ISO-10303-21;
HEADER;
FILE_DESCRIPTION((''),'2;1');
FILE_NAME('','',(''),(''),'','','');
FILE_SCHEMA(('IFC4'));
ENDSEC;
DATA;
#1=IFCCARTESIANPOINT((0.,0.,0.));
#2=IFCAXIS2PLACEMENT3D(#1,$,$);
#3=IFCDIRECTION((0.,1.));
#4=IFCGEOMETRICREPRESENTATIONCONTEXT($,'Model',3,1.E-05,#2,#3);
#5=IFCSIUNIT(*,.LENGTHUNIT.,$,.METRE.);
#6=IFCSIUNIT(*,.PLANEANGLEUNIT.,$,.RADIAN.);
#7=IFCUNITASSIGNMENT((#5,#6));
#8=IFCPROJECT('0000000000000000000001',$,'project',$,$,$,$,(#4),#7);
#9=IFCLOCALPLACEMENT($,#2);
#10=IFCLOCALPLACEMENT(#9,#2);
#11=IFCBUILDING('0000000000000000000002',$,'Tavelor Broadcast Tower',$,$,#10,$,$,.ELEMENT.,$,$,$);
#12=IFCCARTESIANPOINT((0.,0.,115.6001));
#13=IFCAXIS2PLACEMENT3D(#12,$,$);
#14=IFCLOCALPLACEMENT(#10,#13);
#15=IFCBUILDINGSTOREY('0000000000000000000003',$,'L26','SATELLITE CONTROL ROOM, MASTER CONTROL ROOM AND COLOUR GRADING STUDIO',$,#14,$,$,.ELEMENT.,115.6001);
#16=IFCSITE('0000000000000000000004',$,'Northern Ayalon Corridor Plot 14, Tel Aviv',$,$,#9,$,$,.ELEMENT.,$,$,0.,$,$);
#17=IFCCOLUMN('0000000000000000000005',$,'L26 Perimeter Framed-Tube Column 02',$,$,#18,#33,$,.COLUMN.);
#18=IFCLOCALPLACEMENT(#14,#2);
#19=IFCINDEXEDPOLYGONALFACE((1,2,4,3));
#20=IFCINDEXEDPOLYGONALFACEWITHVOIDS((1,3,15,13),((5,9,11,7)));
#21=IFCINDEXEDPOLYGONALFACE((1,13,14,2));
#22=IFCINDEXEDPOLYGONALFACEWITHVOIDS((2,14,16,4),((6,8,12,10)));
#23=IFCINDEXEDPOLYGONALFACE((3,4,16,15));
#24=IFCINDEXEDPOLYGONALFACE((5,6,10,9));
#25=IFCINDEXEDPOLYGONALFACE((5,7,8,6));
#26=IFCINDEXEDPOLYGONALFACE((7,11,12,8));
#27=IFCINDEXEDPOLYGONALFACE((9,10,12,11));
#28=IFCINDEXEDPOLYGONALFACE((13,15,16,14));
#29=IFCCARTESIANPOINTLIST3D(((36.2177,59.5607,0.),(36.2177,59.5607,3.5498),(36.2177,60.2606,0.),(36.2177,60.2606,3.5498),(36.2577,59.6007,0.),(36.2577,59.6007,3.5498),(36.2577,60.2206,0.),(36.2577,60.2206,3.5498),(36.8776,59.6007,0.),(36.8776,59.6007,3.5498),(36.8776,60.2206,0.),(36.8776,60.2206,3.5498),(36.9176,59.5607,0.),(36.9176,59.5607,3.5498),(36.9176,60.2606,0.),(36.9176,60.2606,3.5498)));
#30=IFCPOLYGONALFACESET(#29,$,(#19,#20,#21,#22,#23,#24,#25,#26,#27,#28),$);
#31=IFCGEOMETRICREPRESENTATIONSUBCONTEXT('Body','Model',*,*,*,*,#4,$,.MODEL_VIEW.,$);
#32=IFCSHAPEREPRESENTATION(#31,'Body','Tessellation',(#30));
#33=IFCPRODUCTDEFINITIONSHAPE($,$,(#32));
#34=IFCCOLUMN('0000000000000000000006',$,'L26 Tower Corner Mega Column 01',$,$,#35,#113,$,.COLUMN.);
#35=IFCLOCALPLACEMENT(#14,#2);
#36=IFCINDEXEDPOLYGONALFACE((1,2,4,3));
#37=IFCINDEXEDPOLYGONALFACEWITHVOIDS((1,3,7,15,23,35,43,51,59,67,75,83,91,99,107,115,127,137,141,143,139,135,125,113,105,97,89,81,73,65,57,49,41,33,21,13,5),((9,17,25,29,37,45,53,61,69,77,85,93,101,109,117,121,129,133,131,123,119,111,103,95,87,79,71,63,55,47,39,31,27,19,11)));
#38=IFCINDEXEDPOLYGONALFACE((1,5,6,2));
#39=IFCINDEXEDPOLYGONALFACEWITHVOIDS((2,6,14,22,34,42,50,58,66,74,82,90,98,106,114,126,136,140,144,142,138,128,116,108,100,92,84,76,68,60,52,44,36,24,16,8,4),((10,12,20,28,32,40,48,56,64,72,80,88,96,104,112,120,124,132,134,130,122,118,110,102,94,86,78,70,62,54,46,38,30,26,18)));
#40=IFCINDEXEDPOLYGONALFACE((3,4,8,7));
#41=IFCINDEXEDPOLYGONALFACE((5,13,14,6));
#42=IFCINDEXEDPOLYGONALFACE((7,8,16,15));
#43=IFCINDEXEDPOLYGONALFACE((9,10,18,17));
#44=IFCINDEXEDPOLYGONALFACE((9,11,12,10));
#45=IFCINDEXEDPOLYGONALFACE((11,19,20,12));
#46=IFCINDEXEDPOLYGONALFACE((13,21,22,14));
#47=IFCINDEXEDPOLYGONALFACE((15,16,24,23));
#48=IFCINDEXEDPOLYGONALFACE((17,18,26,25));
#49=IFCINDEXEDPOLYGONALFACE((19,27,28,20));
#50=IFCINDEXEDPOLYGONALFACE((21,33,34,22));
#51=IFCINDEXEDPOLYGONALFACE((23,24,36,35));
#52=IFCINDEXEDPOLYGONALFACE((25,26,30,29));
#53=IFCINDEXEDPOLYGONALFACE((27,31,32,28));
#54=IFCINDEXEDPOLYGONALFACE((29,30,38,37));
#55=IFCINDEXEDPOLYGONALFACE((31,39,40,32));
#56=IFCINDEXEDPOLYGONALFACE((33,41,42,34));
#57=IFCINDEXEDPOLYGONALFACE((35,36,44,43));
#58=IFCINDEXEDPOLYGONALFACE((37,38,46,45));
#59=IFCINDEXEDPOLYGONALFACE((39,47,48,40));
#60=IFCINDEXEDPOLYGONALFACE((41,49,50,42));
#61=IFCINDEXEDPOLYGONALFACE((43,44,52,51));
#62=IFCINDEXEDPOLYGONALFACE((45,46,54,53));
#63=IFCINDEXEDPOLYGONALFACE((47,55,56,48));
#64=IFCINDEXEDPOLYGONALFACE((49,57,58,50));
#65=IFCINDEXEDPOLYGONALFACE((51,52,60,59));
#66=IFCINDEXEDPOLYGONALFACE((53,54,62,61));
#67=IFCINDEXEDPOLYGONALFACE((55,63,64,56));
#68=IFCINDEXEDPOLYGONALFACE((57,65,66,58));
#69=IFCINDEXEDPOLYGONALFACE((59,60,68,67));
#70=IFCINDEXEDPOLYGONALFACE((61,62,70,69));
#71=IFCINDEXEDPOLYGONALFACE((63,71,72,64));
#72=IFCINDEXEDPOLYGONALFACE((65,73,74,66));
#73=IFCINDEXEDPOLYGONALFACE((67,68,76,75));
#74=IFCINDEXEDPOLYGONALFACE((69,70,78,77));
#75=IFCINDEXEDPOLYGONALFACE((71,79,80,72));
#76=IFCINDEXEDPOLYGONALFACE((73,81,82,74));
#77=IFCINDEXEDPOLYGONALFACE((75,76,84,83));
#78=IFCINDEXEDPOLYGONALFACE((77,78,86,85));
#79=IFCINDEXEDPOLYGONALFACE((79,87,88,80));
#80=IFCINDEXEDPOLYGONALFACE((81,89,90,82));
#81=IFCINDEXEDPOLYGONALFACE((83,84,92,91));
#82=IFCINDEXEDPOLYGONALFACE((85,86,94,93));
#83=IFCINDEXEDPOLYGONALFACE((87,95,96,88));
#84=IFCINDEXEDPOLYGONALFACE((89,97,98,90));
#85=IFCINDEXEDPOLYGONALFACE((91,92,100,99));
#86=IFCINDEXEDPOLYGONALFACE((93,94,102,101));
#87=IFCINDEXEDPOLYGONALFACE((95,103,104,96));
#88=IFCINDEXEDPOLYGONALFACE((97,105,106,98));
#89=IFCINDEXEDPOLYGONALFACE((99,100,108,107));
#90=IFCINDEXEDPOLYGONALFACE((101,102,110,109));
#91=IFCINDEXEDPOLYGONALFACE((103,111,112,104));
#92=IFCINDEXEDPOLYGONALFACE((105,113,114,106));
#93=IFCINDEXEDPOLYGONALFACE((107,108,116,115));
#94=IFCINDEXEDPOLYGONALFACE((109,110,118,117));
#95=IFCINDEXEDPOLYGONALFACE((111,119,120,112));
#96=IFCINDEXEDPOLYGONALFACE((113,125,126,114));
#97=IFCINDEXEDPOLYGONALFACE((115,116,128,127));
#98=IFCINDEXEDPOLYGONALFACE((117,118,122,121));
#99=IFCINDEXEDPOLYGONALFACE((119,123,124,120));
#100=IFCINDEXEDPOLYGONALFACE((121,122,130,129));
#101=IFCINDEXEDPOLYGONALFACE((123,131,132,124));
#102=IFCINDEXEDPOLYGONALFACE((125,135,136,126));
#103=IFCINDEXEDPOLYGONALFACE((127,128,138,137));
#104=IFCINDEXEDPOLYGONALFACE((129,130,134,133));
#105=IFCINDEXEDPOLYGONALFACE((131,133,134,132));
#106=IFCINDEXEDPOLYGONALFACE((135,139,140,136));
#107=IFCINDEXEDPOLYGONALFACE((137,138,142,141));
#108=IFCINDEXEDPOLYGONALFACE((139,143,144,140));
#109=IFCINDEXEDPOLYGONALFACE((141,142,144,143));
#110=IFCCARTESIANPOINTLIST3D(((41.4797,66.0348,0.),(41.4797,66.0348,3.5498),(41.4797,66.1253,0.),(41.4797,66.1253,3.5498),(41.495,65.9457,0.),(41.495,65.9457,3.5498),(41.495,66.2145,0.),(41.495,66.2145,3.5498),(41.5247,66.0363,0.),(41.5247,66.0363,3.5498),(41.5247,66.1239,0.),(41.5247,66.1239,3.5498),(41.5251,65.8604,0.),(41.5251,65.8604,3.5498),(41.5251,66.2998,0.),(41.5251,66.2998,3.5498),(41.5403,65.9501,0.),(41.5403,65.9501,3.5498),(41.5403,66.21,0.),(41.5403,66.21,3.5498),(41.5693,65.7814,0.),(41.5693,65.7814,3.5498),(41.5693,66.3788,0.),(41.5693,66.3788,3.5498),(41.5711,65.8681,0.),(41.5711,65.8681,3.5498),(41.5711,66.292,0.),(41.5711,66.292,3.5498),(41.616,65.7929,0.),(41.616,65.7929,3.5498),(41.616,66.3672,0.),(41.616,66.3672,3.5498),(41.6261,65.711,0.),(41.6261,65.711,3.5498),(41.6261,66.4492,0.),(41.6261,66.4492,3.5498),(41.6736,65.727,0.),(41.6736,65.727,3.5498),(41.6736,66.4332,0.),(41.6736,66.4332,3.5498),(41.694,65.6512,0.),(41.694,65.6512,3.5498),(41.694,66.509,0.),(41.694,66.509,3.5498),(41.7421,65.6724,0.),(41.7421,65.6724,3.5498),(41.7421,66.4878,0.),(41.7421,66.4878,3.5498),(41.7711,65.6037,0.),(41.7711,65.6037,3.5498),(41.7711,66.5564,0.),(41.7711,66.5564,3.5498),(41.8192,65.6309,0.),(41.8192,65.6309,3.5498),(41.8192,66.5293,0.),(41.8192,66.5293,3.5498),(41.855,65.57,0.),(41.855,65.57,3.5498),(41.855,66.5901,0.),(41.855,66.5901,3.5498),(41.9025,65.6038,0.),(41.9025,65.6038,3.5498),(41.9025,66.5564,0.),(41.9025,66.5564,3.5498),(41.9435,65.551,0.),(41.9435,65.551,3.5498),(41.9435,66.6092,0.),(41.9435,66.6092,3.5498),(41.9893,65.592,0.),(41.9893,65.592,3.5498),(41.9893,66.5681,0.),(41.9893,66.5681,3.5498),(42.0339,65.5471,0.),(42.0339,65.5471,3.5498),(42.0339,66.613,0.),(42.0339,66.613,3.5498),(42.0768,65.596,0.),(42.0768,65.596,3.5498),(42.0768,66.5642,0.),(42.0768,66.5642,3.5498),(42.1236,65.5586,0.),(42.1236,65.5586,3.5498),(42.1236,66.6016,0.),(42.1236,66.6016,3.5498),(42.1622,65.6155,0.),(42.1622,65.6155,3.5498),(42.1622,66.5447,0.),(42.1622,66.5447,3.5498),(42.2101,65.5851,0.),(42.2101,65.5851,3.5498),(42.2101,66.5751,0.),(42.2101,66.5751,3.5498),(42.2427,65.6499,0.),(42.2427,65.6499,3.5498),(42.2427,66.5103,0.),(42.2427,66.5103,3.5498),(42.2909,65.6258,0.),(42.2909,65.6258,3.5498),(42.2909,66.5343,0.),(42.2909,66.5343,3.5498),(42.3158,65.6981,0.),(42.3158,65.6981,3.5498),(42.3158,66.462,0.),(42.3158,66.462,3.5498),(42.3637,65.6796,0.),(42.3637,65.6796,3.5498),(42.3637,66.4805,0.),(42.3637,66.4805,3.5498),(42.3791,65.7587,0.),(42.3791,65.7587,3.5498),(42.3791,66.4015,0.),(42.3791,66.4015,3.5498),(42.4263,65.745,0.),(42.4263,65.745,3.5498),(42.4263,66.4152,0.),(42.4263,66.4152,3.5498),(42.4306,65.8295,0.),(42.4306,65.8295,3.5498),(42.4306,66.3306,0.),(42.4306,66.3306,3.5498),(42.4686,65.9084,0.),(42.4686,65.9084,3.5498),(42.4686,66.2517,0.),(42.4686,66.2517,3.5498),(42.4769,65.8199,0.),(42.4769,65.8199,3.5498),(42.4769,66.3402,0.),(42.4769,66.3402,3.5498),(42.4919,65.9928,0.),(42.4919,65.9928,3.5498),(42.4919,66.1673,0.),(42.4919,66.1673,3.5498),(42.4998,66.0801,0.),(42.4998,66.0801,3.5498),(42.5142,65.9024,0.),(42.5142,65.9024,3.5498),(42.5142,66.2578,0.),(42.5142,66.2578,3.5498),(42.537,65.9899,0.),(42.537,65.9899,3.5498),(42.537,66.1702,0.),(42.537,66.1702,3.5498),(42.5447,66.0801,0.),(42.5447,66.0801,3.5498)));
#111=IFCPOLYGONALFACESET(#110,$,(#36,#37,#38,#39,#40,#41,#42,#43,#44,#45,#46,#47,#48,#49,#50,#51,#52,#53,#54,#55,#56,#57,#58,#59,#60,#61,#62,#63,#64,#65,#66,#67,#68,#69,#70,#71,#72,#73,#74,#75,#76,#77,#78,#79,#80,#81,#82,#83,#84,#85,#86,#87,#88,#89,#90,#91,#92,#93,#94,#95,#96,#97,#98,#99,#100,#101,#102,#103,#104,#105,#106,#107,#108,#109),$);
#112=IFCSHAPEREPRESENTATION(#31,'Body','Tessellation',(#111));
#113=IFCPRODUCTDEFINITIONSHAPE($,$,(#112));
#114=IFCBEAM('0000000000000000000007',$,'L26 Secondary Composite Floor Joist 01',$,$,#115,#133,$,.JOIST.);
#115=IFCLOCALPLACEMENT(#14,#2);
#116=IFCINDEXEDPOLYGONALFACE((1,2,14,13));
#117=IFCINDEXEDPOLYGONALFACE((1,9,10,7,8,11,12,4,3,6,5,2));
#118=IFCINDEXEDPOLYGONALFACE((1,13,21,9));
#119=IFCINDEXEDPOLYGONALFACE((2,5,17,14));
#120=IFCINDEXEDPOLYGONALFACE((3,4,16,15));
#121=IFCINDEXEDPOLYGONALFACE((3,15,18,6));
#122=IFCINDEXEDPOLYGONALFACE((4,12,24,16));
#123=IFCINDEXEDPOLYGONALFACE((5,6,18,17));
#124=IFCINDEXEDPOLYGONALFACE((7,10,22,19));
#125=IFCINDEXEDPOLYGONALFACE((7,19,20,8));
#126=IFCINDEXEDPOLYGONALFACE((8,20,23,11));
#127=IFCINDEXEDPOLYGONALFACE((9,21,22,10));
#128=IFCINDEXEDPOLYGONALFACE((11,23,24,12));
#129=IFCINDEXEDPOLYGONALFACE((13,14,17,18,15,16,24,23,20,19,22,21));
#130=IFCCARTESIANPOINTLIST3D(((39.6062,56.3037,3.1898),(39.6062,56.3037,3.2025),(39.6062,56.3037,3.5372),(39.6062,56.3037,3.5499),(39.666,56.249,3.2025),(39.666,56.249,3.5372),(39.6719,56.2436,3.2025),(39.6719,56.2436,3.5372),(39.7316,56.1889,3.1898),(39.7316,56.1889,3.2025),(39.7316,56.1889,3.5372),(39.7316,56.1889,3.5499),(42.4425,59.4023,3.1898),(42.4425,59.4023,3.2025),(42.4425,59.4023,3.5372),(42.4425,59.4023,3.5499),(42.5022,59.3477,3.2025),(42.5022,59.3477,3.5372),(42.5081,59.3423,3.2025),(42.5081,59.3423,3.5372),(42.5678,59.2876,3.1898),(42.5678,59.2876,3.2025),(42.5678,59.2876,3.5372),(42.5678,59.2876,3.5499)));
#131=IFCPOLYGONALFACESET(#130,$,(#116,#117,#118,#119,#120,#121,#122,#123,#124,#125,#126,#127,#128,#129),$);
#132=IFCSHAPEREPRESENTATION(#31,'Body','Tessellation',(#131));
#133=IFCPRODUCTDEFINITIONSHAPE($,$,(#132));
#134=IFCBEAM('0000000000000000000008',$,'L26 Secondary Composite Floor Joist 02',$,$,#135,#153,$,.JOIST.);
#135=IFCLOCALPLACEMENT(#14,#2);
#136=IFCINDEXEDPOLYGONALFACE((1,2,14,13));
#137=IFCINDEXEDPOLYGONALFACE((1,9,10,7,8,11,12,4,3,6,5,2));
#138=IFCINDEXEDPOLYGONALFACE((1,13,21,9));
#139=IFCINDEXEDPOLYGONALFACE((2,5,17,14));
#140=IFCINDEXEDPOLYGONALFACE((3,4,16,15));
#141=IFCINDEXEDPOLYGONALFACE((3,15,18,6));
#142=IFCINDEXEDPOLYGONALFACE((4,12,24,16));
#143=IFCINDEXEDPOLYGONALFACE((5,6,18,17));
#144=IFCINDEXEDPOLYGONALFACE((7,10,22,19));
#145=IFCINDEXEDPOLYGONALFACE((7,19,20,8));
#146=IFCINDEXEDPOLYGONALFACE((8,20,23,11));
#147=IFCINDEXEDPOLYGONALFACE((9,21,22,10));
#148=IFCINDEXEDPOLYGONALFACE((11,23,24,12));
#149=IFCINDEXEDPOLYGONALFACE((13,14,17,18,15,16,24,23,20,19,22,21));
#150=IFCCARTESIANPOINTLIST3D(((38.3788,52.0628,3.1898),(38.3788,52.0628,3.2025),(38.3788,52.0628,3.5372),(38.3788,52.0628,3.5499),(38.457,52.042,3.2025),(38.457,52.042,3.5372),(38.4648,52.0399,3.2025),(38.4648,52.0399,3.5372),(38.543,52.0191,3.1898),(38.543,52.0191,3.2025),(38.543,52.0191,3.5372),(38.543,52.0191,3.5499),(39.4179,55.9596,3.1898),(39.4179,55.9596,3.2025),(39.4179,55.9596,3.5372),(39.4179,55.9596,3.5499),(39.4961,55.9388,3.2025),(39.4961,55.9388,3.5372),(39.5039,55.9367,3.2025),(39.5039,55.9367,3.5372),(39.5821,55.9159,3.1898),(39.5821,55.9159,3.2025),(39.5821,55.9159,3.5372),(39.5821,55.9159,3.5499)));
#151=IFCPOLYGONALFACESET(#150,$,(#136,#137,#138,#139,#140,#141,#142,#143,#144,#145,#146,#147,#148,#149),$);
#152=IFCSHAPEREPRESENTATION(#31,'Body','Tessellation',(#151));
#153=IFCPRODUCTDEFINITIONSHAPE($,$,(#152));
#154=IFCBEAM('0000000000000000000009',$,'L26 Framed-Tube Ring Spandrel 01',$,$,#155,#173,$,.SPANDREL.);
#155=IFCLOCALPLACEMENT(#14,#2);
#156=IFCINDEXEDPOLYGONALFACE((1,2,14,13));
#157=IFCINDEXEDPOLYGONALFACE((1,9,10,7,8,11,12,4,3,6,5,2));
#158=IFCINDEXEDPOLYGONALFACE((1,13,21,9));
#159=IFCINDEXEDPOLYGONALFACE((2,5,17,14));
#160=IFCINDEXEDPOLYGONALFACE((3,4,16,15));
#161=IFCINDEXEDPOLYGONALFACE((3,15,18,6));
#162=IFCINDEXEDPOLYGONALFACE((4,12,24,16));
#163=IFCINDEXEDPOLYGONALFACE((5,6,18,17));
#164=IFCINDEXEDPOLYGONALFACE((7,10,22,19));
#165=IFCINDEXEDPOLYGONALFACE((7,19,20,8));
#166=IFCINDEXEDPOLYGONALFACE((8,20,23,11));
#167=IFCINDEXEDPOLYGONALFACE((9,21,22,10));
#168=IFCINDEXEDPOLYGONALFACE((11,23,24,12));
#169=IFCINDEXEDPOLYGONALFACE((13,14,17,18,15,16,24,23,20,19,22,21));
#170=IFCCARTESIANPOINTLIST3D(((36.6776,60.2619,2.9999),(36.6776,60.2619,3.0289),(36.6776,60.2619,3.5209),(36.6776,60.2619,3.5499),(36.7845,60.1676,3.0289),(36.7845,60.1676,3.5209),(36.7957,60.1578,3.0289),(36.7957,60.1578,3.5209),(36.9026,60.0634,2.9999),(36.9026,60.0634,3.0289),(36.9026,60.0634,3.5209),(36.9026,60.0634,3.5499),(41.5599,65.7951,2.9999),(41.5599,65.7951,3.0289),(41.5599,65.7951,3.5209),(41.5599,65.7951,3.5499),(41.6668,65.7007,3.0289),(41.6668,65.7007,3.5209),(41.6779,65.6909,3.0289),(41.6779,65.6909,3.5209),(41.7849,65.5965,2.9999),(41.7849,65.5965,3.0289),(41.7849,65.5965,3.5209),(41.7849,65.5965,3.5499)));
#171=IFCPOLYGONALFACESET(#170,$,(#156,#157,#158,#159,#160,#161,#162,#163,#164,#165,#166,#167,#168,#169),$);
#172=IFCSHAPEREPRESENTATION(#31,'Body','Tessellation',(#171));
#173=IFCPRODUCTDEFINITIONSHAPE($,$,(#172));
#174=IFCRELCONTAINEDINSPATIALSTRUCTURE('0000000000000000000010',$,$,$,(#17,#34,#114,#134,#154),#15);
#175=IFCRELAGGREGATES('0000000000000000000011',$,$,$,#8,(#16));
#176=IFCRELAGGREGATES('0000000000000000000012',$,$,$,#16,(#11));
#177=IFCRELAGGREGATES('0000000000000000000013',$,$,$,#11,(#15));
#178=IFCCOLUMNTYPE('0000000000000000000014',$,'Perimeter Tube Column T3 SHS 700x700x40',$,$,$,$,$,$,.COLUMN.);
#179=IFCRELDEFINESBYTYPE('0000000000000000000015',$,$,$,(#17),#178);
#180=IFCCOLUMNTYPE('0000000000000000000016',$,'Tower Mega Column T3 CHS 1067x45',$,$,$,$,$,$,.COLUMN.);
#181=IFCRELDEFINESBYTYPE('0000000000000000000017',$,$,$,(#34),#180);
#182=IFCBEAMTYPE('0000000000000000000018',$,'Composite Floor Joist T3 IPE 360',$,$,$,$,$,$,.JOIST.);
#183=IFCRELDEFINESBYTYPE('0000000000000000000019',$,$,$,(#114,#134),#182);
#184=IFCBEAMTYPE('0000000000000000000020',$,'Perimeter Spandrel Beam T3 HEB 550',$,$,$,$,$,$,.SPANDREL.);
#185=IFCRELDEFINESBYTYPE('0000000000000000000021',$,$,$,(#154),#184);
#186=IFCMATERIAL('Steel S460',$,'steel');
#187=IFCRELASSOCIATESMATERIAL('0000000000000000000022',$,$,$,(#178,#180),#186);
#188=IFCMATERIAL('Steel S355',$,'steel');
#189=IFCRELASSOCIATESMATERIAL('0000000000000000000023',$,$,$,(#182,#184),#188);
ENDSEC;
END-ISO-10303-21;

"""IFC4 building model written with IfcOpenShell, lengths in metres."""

from ifc_helpers import new_model, si_unit, direction, frame, origin, origin_2d, place, context, subcontext, project, spatial, hollow_rectangle, hollow_circle, i_section, extrude, material, material_profile, profile_set, type_object, element, save


model = new_model("IFC4")

# Units and contexts
model_context = context("Model", 3, precision=1e-05, world=origin(), true_north=direction((0.0, 1.0)))
body_context = subcontext(model_context, "Body", "Model", "MODEL_VIEW")
ifc_project = project(units=[si_unit("LENGTHUNIT", "METRE"), si_unit("PLANEANGLEUNIT", "RADIAN")], contexts=[model_context])

# Site, building, storey
site_placement = place(None, origin())
site = spatial("IfcSite", under=ifc_project, at=site_placement, Name="Northern Ayalon Corridor Plot 14, Tel Aviv", CompositionType="ELEMENT", RefElevation=0.0)
building_placement = place(site_placement, origin())
building = spatial("IfcBuilding", under=site, at=building_placement, Name="Tavelor Broadcast Tower", CompositionType="ELEMENT")
storey_placement = place(building_placement, frame((0.0, 0.0, 115.6001)))
storey = spatial("IfcBuildingStorey", under=building, at=storey_placement, Name="L26", Description="SATELLITE CONTROL ROOM, MASTER CONTROL ROOM AND COLOUR GRADING STUDIO", CompositionType="ELEMENT", Elevation=115.6001)

# Columns
ifc_material_1 = material(Name="Steel S460", Category="steel")
ifc_material_profile_1 = material_profile(ifc_material_1, hollow_rectangle(XDim=0.7, YDim=0.7, WallThickness=0.04, at=origin_2d()), Name="SHS 700x700x40")
ifc_profile_set_1 = profile_set([ifc_material_profile_1], Name="Steel S460")
column_type_1 = type_object("IfcColumnType", Name="Perimeter Tube Column T3 SHS 700x700x40", PredefinedType="COLUMN", material=ifc_profile_set_1)
column_1_placement = place(storey_placement, frame((36.5676, 59.9106, 0.0), z_axis=(0.0, 0.0, 1.0), x_axis=(1.0, 0.0, 0.0)))
element("IfcColumn", 1, at=column_1_placement, inside=storey, type_object=column_type_1, Name="L26 Perimeter Framed-Tube Column 02", PredefinedType="COLUMN", context=body_context, shape_type="SweptSolid", body=[
    extrude(hollow_rectangle(XDim=0.7, YDim=0.7, WallThickness=0.04, at=origin_2d()), origin(), (0.0, 0.0, 1.0), 3.5498),
])
ifc_material_profile_2 = material_profile(ifc_material_1, hollow_circle(Radius=0.5334, WallThickness=0.0449, at=origin_2d()), Name="CHS 1067x45")
ifc_profile_set_2 = profile_set([ifc_material_profile_2], Name="Steel S460")
column_type_2 = type_object("IfcColumnType", Name="Tower Mega Column T3 CHS 1067x45", PredefinedType="COLUMN", material=ifc_profile_set_2)
column_2_placement = place(storey_placement, frame((42.0112, 66.0801, 0.0), z_axis=(0.0, 0.0, 1.0), x_axis=(1.0, 0.0, 0.0)))
element("IfcColumn", 2, at=column_2_placement, inside=storey, type_object=column_type_2, Name="L26 Tower Corner Mega Column 01", PredefinedType="COLUMN", context=body_context, shape_type="SweptSolid", body=[
    extrude(hollow_circle(Radius=0.5334, WallThickness=0.0449, at=origin_2d()), origin(), (0.0, 0.0, 1.0), 3.5498),
])

# Beams
ifc_material_2 = material(Name="Steel S355", Category="steel")
ifc_material_profile_3 = material_profile(ifc_material_2, i_section(OverallWidth=0.1699, OverallDepth=0.3601, WebThickness=0.0081, FlangeThickness=0.0127, at=origin_2d()), Name="IPE 360")
ifc_profile_set_3 = profile_set([ifc_material_profile_3], Name="Steel S355")
beam_type_1 = type_object("IfcBeamType", Name="Composite Floor Joist T3 IPE 360", PredefinedType="JOIST", material=ifc_profile_set_3)
beam_1_placement = place(storey_placement, frame((42.5051, 59.345, 3.3699), z_axis=(-0.675177, -0.737656, 0.0), x_axis=(0.737656, -0.675177, 0.0)))
element("IfcBeam", 3, at=beam_1_placement, inside=storey, type_object=beam_type_1, Name="L26 Secondary Composite Floor Joist 01", PredefinedType="JOIST", context=body_context, shape_type="SweptSolid", body=[
    extrude(i_section(OverallWidth=0.1699, OverallDepth=0.3601, WebThickness=0.0081, FlangeThickness=0.0127, at=origin_2d()), origin(), (0.0, 0.0, 1.0), 4.2007),
])
beam_2_placement = place(storey_placement, frame((39.5, 55.9377, 3.3699), z_axis=(-0.257648, -0.966239, 0.0), x_axis=(0.966239, -0.257648, 0.0)))
element("IfcBeam", 4, at=beam_2_placement, inside=storey, type_object=beam_type_1, Name="L26 Secondary Composite Floor Joist 02", PredefinedType="JOIST", context=body_context, shape_type="SweptSolid", body=[
    extrude(i_section(OverallWidth=0.1699, OverallDepth=0.3601, WebThickness=0.0081, FlangeThickness=0.0127, at=origin_2d()), origin(), (0.0, 0.0, 1.0), 4.033),
])
ifc_material_profile_4 = material_profile(ifc_material_2, i_section(OverallWidth=0.3, OverallDepth=0.55, WebThickness=0.0149, FlangeThickness=0.0291, at=origin_2d()), Name="HEB 550")
ifc_profile_set_4 = profile_set([ifc_material_profile_4], Name="Steel S355")
beam_type_2 = type_object("IfcBeamType", Name="Perimeter Spandrel Beam T3 HEB 550", PredefinedType="SPANDREL", material=ifc_profile_set_4)
beam_3_placement = place(storey_placement, frame((41.6724, 65.6958, 3.2749), z_axis=(-0.661628, -0.749832, 0.0), x_axis=(0.749832, -0.661628, 0.0)))
element("IfcBeam", 5, at=beam_3_placement, inside=storey, type_object=beam_type_2, Name="L26 Framed-Tube Ring Spandrel 01", PredefinedType="SPANDREL", context=body_context, shape_type="SweptSolid", body=[
    extrude(i_section(OverallWidth=0.3, OverallDepth=0.55, WebThickness=0.0149, FlangeThickness=0.0291, at=origin_2d()), origin(), (0.0, 0.0, 1.0), 7.3792),
])

save(model, "model.ifc")
